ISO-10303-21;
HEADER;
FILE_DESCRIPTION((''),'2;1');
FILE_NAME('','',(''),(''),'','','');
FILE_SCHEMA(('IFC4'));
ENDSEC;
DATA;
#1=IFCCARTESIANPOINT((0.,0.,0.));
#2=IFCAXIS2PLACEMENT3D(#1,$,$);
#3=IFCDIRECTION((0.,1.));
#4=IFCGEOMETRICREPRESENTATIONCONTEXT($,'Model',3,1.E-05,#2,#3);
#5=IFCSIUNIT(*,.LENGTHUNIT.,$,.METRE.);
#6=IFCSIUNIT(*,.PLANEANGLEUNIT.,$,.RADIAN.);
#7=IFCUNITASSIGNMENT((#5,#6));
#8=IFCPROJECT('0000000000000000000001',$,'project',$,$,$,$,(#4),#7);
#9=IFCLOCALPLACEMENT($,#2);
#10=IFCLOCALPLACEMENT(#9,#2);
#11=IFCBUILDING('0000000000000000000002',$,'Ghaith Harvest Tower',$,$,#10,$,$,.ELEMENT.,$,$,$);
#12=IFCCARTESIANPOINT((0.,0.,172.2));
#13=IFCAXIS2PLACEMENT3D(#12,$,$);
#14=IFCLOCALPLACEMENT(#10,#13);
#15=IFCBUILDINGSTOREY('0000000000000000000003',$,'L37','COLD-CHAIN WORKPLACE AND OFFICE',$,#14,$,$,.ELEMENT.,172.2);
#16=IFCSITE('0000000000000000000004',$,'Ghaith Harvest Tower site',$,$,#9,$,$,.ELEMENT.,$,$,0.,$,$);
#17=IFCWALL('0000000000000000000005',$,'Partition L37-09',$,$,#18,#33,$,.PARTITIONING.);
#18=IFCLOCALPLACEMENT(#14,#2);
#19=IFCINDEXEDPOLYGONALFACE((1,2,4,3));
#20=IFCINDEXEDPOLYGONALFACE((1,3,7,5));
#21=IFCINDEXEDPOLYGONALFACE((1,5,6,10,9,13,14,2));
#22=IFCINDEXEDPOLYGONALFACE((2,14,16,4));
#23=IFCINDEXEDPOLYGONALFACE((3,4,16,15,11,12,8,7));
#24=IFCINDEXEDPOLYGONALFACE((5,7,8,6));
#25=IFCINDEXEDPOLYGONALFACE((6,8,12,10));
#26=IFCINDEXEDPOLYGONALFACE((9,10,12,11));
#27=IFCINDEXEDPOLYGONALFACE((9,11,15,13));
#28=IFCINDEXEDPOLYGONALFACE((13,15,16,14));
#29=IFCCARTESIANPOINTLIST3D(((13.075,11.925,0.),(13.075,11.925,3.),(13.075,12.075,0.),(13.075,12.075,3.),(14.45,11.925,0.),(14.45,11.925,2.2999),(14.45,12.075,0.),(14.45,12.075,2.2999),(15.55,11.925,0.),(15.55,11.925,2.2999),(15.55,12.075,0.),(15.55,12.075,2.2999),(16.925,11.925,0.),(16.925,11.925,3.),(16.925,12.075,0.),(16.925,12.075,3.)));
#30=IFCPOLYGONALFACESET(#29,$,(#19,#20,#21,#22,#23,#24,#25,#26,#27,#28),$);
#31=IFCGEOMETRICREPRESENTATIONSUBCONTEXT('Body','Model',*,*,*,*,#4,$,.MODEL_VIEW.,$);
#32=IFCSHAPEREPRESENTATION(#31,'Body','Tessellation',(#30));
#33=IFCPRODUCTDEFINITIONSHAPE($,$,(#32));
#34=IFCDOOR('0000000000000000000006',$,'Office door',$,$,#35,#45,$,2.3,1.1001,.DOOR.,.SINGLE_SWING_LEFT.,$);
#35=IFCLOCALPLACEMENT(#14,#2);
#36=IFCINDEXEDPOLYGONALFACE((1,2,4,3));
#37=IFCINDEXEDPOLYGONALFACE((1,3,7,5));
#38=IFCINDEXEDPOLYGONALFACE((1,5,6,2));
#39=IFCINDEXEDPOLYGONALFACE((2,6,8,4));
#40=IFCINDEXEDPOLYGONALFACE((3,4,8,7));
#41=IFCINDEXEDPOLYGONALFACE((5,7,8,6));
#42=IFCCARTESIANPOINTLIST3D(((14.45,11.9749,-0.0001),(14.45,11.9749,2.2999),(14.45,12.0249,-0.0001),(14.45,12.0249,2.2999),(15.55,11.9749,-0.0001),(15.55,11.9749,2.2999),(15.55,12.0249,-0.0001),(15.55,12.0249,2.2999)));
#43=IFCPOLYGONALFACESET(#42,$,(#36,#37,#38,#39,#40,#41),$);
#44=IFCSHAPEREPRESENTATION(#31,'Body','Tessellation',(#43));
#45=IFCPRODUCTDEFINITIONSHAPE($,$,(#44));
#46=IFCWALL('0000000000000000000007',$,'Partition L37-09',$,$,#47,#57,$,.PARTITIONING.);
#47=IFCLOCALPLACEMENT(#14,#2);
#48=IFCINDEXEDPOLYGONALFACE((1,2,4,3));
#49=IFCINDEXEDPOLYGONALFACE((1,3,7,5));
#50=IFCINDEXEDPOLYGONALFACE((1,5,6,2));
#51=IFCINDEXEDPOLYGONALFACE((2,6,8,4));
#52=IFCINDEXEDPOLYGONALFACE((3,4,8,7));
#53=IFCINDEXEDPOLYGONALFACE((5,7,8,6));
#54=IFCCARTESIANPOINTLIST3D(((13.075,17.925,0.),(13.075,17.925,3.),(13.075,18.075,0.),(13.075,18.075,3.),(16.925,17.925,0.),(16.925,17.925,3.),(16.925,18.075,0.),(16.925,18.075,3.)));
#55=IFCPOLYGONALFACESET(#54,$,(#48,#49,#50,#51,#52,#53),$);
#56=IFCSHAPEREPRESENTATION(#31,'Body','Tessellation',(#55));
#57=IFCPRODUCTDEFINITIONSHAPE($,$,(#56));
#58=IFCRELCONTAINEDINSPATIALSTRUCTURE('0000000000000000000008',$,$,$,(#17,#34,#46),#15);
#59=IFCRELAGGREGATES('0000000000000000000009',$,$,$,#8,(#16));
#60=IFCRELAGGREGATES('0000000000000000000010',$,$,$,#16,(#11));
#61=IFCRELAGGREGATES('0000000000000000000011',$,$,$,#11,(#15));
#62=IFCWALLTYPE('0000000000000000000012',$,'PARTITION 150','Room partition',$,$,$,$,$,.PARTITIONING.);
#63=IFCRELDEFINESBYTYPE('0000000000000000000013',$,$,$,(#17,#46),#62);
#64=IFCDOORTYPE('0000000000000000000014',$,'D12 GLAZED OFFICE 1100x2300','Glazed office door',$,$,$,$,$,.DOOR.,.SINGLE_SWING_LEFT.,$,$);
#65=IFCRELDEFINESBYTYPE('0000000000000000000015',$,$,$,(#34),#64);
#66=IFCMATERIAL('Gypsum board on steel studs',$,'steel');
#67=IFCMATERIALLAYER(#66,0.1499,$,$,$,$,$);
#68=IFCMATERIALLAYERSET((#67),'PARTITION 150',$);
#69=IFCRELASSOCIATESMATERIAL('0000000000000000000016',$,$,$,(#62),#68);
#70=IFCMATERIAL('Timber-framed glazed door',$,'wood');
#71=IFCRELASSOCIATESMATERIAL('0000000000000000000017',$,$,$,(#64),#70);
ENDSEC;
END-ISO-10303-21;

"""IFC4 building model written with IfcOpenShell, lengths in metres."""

from ifc_helpers import new_model, si_unit, direction, frame, frame_2d, origin, place, context, subcontext, project, spatial, rectangle, extrude, material, layer, layer_set, type_object, element, fill, save


model = new_model("IFC4")

# Units and contexts
model_context = context("Model", 3, precision=1e-05, world=origin(), true_north=direction((0.0, 1.0)))
body_context = subcontext(model_context, "Body", "Model", "MODEL_VIEW")
ifc_project = project(units=[si_unit("LENGTHUNIT", "METRE"), si_unit("PLANEANGLEUNIT", "RADIAN")], contexts=[model_context])

# Site, building, storey
site_placement = place(None, origin())
site = spatial("IfcSite", under=ifc_project, at=site_placement, Name="Ghaith Harvest Tower site", CompositionType="ELEMENT", RefElevation=0.0)
building_placement = place(site_placement, origin())
building = spatial("IfcBuilding", under=site, at=building_placement, Name="Ghaith Harvest Tower", CompositionType="ELEMENT")
storey_placement = place(building_placement, frame((0.0, 0.0, 172.2)))
storey = spatial("IfcBuildingStorey", under=building, at=storey_placement, Name="L37", Description="COLD-CHAIN WORKPLACE AND OFFICE", CompositionType="ELEMENT", Elevation=172.2)

# Shared definitions
ifc_material_1 = material(Name="Gypsum board on steel studs", Category="steel")
ifc_layer_1 = layer(ifc_material_1, 0.1499)
ifc_layer_set_1 = layer_set([ifc_layer_1], Name="PARTITION 150")
wall_type = type_object("IfcWallType", Name="PARTITION 150", Description="Room partition", PredefinedType="PARTITIONING", material=ifc_layer_set_1)

# Shared definitions
ifc_material_2 = material(Name="Timber-framed glazed door", Category="wood")
door_type = type_object("IfcDoorType", Name="D12 GLAZED OFFICE 1100x2300", Description="Glazed office door", OperationType="SINGLE_SWING_LEFT", PredefinedType="DOOR", material=ifc_material_2)

# Wall, opening, door
wall_1_placement = place(storey_placement, frame((13.075, 12.0, 0.0), z_axis=(0.0, 0.0, 1.0), x_axis=(1.0, 0.0, 0.0)))
wall_1 = element("IfcWall", 1, at=wall_1_placement, inside=storey, type_object=wall_type, Name="Partition L37-09", PredefinedType="PARTITIONING", context=body_context, shape_type="SweptSolid", body=[
    extrude(rectangle(XDim=3.8501, YDim=0.1499, at=frame_2d((1.925, 0.0))), origin(), (0.0, 0.0, 1.0), 3.0),
])
opening_1_placement = place(wall_1_placement, frame((1.375, 0.0, 0.0)))
opening_1 = element("IfcOpeningElement", 2, at=opening_1_placement, cuts=wall_1, PredefinedType="OPENING", context=body_context, shape_type="SweptSolid", body=[
    extrude(rectangle(XDim=1.1001, YDim=2.3, at=frame_2d((0.55, 1.1499))), frame((0.0, 0.085, 0.0), z_axis=(0.0, -1.0, 0.0), x_axis=(1.0, 0.0, 0.0)), (0.0, 0.0, 1.0), 0.1699),
])
door_1_placement = place(opening_1_placement, origin())
door_1 = element("IfcDoor", 3, at=door_1_placement, inside=storey, type_object=door_type, Name="Office door", OperationType="SINGLE_SWING_LEFT", OverallHeight=2.3, OverallWidth=1.1001, PredefinedType="DOOR", context=body_context, shape_type="SweptSolid", body=[
    extrude(rectangle(XDim=1.1001, YDim=2.3, at=frame_2d((0.55, 1.1499))), frame((0.0, 0.0249, 0.0), z_axis=(0.0, -1.0, 0.0), x_axis=(1.0, 0.0, 0.0)), (0.0, 0.0, 1.0), 0.05),
])
fill(opening_1, door_1)

# Wall
wall_2_placement = place(storey_placement, frame((13.075, 18.0, 0.0), z_axis=(0.0, 0.0, 1.0), x_axis=(1.0, 0.0, 0.0)))
element("IfcWall", 4, at=wall_2_placement, inside=storey, type_object=wall_type, Name="Partition L37-09", PredefinedType="PARTITIONING", context=body_context, shape_type="SweptSolid", body=[
    extrude(rectangle(XDim=3.8501, YDim=0.1499, at=frame_2d((1.925, 0.0))), origin(), (0.0, 0.0, 1.0), 3.0),
])

save(model, "model.ifc")
